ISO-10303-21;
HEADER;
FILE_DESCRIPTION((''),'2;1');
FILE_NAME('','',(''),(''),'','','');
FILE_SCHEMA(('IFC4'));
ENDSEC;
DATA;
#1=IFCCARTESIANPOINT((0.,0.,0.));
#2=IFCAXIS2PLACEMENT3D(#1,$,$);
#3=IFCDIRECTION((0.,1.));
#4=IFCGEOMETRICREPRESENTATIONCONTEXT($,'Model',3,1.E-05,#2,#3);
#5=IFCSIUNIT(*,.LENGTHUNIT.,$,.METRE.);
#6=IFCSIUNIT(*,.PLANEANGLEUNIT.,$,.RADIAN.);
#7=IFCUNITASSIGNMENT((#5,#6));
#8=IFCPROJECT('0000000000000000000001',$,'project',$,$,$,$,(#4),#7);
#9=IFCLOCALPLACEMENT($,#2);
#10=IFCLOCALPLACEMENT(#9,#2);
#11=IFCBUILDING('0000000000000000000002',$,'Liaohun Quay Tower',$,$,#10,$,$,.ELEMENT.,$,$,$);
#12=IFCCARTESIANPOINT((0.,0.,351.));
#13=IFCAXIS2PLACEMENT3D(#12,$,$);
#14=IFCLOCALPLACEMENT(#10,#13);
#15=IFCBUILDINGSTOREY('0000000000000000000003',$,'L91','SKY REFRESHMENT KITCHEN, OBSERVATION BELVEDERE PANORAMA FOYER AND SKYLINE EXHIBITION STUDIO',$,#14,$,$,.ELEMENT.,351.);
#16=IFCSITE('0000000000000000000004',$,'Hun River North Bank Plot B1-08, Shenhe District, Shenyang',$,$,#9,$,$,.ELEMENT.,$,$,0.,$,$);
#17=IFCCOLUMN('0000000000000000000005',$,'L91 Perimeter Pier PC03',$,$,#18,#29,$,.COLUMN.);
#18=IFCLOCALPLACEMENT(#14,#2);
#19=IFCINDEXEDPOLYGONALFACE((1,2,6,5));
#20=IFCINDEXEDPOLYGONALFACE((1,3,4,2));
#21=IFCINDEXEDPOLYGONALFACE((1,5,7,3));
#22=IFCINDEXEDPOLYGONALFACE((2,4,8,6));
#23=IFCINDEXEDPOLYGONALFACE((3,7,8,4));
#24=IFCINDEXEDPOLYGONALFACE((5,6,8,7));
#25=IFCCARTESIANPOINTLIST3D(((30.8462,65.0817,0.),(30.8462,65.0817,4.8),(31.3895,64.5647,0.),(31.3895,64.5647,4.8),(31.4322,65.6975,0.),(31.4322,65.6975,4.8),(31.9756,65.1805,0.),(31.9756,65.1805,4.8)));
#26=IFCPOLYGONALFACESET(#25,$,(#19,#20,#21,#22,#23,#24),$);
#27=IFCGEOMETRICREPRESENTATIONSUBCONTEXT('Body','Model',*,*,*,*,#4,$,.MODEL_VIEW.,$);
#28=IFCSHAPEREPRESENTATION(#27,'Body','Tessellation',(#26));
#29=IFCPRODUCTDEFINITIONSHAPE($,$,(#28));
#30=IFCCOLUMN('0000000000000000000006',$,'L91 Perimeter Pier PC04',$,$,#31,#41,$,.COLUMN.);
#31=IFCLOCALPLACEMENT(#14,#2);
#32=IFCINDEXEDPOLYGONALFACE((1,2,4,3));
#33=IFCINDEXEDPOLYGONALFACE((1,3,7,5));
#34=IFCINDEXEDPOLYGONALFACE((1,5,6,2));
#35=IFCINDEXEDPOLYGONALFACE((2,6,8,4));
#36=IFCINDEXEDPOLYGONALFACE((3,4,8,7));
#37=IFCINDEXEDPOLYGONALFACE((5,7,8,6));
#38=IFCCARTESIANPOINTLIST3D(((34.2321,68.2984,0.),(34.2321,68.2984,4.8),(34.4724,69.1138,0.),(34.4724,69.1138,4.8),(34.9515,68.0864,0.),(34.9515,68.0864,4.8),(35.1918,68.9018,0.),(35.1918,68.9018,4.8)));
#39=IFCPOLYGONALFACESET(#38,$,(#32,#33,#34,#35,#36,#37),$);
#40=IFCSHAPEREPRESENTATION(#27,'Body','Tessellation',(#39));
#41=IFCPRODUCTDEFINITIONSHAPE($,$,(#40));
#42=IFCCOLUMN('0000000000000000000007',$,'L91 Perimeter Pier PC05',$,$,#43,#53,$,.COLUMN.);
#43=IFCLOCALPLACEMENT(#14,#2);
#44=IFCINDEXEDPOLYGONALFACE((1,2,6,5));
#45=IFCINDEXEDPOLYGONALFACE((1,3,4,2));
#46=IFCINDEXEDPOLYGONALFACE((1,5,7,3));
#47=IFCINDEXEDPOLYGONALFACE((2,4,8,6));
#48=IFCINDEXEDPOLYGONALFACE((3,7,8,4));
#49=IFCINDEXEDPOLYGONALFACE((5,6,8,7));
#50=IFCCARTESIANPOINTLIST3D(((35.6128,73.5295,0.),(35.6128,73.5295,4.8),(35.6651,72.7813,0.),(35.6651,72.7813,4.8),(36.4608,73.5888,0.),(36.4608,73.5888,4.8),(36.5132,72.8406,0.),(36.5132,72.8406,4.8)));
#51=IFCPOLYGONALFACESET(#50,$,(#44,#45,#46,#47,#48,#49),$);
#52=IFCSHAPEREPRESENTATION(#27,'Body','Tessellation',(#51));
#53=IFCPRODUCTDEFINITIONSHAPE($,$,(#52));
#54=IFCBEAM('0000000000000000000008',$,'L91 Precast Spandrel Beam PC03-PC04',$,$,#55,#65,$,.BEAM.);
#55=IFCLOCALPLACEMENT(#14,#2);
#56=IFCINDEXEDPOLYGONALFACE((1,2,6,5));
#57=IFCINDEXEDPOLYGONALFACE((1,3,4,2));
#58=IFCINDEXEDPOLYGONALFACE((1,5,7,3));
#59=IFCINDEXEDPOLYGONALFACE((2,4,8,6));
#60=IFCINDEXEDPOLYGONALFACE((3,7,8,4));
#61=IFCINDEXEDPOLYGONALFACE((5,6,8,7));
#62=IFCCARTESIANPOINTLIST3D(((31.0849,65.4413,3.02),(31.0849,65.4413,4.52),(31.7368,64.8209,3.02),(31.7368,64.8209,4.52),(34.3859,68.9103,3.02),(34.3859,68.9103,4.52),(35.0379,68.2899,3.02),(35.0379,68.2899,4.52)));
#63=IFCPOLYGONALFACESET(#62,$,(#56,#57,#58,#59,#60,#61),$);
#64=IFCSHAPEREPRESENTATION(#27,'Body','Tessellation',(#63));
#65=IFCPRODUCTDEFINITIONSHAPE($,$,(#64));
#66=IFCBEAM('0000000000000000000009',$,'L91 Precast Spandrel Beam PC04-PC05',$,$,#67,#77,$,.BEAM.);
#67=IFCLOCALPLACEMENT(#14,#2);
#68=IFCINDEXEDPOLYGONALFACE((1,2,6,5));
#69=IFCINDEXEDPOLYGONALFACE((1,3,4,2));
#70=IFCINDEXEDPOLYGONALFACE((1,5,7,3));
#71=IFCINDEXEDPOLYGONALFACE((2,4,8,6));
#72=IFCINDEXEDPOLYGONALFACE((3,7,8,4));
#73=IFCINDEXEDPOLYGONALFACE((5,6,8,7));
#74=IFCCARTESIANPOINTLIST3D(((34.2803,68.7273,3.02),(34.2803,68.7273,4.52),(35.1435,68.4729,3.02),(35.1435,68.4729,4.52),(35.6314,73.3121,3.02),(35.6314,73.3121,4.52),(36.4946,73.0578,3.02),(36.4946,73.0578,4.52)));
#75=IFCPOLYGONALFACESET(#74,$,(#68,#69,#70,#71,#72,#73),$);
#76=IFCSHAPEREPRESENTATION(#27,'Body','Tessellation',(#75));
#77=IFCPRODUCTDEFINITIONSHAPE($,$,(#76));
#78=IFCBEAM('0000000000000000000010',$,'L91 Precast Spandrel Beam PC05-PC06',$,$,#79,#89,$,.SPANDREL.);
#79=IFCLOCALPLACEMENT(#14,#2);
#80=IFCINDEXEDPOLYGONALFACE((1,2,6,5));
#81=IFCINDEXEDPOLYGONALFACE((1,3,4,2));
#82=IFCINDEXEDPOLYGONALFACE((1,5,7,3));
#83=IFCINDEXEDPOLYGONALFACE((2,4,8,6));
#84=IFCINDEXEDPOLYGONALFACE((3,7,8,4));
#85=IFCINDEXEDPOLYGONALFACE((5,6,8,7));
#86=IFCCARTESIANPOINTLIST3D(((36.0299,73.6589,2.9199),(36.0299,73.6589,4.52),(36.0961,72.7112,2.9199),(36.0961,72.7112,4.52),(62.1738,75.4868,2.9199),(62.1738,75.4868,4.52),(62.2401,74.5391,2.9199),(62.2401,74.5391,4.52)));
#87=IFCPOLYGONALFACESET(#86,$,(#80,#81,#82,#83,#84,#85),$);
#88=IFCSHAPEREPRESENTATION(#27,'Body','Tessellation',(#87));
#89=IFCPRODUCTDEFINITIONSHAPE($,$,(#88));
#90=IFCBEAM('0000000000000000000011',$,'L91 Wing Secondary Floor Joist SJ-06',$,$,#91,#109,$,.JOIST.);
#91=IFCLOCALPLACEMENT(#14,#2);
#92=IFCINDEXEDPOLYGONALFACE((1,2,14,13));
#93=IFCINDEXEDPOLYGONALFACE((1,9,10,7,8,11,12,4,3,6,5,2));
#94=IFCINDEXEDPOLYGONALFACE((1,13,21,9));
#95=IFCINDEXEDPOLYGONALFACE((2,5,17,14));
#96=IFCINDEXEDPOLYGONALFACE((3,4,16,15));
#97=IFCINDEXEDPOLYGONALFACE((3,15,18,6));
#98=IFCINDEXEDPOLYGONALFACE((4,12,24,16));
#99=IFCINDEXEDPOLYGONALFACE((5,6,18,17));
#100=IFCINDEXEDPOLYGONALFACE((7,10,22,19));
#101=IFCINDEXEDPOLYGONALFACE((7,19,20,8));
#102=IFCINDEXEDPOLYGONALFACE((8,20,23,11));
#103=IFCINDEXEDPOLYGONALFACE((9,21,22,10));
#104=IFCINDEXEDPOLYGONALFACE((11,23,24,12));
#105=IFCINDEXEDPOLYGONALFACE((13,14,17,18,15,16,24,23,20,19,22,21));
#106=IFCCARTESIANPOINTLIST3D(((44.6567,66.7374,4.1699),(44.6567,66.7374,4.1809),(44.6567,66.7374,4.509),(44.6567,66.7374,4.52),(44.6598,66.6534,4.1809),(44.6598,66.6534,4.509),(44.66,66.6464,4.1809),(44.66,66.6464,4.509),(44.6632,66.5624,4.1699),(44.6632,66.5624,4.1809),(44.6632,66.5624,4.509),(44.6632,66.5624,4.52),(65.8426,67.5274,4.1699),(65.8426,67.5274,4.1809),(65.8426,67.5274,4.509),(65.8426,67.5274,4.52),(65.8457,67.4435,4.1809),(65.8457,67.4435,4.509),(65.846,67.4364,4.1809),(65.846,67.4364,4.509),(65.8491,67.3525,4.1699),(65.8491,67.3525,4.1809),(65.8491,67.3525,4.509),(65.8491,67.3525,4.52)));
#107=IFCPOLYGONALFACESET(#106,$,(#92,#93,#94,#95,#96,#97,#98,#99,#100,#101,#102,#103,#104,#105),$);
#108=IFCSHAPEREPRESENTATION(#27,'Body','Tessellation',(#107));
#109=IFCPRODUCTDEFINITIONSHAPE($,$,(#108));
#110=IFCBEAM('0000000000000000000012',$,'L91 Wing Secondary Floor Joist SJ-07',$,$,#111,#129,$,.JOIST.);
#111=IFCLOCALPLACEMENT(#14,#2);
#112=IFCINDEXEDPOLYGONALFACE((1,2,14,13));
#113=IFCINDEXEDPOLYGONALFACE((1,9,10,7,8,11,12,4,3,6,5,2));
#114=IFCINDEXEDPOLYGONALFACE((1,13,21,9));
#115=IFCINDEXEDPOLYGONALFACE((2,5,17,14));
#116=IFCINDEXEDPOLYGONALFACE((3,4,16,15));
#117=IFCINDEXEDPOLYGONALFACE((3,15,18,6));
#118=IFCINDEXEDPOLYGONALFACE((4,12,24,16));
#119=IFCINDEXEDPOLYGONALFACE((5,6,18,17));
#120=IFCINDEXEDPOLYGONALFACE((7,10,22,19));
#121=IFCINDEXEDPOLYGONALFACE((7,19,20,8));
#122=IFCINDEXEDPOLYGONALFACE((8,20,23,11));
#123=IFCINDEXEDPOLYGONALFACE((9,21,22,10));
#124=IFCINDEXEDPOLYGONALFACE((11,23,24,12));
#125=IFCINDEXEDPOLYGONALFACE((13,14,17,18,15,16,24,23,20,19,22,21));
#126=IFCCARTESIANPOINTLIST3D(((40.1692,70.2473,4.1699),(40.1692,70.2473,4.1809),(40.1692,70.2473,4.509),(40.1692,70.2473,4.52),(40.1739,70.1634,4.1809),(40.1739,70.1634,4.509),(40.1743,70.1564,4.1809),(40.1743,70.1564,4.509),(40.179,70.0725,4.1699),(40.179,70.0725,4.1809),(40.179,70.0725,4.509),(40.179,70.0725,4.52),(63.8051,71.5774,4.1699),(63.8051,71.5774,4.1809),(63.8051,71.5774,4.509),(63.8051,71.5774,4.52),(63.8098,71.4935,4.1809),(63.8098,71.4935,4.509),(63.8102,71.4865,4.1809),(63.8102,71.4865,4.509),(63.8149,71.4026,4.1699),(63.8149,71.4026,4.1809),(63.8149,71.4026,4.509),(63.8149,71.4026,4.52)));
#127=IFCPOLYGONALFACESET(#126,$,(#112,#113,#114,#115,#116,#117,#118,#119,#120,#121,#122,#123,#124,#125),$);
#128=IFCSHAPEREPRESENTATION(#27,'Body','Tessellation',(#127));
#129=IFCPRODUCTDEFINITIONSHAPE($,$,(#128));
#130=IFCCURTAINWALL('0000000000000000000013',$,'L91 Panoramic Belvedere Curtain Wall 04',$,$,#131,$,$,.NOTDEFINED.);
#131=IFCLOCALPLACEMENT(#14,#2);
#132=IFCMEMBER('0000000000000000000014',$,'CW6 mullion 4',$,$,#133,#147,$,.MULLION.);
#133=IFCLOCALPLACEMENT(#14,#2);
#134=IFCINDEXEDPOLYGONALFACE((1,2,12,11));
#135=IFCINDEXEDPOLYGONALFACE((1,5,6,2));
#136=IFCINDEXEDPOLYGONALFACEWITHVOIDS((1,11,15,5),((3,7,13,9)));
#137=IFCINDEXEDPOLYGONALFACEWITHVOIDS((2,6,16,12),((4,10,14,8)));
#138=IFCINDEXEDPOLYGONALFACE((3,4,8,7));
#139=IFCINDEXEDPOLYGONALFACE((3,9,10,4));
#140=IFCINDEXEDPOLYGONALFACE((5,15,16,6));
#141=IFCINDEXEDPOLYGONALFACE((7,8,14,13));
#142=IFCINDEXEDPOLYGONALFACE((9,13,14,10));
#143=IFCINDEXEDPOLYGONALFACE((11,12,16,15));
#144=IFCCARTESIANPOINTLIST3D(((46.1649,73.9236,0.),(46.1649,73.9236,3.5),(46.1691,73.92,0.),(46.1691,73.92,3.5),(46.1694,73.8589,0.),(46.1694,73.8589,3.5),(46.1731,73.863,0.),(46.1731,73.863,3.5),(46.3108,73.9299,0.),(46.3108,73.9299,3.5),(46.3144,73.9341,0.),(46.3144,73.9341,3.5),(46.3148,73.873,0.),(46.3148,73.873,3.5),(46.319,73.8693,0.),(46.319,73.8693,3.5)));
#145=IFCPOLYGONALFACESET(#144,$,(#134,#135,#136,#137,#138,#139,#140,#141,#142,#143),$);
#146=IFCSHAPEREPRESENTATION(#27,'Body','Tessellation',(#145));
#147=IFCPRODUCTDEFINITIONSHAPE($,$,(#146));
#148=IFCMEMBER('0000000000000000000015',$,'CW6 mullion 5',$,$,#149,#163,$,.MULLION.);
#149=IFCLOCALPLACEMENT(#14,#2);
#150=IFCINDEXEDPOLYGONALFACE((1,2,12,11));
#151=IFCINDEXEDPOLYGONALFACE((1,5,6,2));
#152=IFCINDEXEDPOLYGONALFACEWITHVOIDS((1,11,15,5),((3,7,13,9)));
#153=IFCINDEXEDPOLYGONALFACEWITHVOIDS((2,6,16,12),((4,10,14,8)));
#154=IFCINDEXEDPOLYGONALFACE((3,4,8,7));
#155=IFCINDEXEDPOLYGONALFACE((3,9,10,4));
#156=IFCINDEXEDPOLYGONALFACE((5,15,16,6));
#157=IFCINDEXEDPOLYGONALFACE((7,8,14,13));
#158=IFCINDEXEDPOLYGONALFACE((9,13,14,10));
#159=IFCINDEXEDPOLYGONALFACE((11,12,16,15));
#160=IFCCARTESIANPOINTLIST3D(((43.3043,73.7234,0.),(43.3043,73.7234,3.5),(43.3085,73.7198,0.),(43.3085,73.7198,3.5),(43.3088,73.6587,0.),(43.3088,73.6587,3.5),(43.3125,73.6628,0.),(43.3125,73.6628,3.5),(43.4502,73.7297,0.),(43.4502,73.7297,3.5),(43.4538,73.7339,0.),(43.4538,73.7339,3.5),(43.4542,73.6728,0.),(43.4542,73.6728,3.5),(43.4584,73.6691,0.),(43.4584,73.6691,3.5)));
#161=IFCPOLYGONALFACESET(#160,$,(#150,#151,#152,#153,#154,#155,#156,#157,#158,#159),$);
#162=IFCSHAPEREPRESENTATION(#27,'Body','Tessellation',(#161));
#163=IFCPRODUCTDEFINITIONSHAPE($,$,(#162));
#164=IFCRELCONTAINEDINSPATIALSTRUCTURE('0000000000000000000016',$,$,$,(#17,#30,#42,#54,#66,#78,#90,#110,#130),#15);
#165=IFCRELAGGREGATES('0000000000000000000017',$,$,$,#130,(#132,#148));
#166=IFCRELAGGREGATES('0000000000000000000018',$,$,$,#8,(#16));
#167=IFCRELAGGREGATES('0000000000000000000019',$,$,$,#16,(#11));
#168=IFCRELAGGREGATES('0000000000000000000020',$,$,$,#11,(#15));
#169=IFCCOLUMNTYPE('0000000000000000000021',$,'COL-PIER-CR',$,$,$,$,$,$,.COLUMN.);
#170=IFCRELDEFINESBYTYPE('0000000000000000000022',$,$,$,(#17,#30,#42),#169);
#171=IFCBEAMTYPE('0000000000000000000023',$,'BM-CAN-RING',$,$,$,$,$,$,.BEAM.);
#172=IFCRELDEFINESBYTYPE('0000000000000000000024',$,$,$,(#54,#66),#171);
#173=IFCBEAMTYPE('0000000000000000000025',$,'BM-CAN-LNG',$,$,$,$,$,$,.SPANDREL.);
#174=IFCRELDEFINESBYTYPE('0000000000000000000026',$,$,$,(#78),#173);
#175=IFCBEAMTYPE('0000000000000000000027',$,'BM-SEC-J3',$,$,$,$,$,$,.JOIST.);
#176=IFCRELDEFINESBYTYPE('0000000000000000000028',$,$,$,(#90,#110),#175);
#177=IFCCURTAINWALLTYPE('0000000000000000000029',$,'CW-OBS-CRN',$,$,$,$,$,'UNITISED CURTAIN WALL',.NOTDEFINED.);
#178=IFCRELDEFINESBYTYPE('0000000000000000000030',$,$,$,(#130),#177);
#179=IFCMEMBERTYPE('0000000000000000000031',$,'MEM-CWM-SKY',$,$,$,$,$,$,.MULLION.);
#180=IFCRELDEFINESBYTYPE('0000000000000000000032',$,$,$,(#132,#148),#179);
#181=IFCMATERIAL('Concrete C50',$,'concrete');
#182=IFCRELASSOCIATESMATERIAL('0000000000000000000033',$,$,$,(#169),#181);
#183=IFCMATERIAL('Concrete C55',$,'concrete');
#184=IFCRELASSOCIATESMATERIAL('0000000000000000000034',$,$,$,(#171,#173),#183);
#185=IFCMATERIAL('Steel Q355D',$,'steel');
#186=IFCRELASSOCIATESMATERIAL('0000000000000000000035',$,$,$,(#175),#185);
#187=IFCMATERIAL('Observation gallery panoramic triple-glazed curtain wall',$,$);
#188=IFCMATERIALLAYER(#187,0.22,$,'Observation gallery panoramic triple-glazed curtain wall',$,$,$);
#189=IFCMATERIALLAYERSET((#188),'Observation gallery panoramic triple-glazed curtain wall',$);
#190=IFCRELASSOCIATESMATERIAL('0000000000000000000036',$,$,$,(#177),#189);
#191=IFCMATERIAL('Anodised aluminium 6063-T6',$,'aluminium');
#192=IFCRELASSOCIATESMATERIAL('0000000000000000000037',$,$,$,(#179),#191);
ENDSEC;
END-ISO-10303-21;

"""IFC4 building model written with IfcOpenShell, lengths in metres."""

from ifc_helpers import new_model, si_unit, direction, frame, origin, origin_2d, place, context, subcontext, project, spatial, rectangle, hollow_rectangle, i_section, extrude, source, transform, mapped, material, layer, layer_set, material_profile, profile_set, type_object, element, aggregate, save


model = new_model("IFC4")

# Units and contexts
model_context = context("Model", 3, precision=1e-05, world=origin(), true_north=direction((0.0, 1.0)))
body_context = subcontext(model_context, "Body", "Model", "MODEL_VIEW")
ifc_project = project(units=[si_unit("LENGTHUNIT", "METRE"), si_unit("PLANEANGLEUNIT", "RADIAN")], contexts=[model_context])

# Site, building, storey
site_placement = place(None, origin())
site = spatial("IfcSite", under=ifc_project, at=site_placement, Name="Hun River North Bank Plot B1-08, Shenhe District, Shenyang", CompositionType="ELEMENT", RefElevation=0.0)
building_placement = place(site_placement, origin())
building = spatial("IfcBuilding", under=site, at=building_placement, Name="Liaohun Quay Tower", CompositionType="ELEMENT")
storey_placement = place(building_placement, frame((0.0, 0.0, 351.0)))
storey = spatial("IfcBuildingStorey", under=building, at=storey_placement, Name="L91", Description="SKY REFRESHMENT KITCHEN, OBSERVATION BELVEDERE PANORAMA FOYER AND SKYLINE EXHIBITION STUDIO", CompositionType="ELEMENT", Elevation=351.0)

# Columns
ifc_material_1 = material(Name="Concrete C50", Category="concrete")
ifc_material_profile_1 = material_profile(ifc_material_1, rectangle(XDim=0.8501, YDim=0.75, at=origin_2d()), Name="RC850x750")
ifc_profile_set_1 = profile_set([ifc_material_profile_1], Name="Concrete C50")
column_type = type_object("IfcColumnType", Name="COL-PIER-CR", PredefinedType="COLUMN", material=ifc_profile_set_1)
shared_shape_1 = source(origin(), body_context, "Body", "SweptSolid", [
    extrude(rectangle(XDim=0.8501, YDim=0.75, at=origin_2d()), origin(), (0.0, 0.0, 1.0), 4.8),
])
for number, where, z_axis, x_axis, name in (
    (1, (31.4109, 65.1311, 0.0), (0.0, 0.0, 1.0), (0.689367, 0.724413, 0.0), "L91 Perimeter Pier PC03"),
    (2, (34.7119, 68.6001, 0.0), (0.0, 0.0, 1.0), (0.282676, 0.959215, 0.0), "L91 Perimeter Pier PC04"),
    (3, (36.063, 73.1851, 0.0), (0.0, 0.0, 1.0), (0.997564, 0.069756, 0.0), "L91 Perimeter Pier PC05"),
):
    element("IfcColumn", number, at=place(storey_placement, frame(where, z_axis=z_axis, x_axis=x_axis)), inside=storey, type_object=column_type, Name=name, PredefinedType="COLUMN", context=body_context, shape_type="MappedRepresentation", body=[
        mapped(shared_shape_1, transform((0.0, 0.0, 0.0), x_axis=(1.0, 0.0, 0.0), y_axis=(0.0, 1.0, 0.0), z_axis=(0.0, 0.0, 1.0), scale=1.0)),
    ])

# Beams
ifc_material_2 = material(Name="Concrete C55", Category="concrete")
ifc_material_profile_2 = material_profile(ifc_material_2, rectangle(XDim=0.8999, YDim=1.5, at=origin_2d()), Name="RC900x1500")
ifc_profile_set_2 = profile_set([ifc_material_profile_2], Name="Concrete C55")
beam_type_1 = type_object("IfcBeamType", Name="BM-CAN-RING", PredefinedType="BEAM", material=ifc_profile_set_2)
shared_shape_2 = source(origin(), body_context, "Body", "SweptSolid", [
    extrude(rectangle(XDim=0.8999, YDim=1.5, at=origin_2d()), origin(), (0.0, 0.0, 1.0), 4.7886),
])
beam_1_placement = place(storey_placement, frame((31.4109, 65.1311, 3.77), z_axis=(0.689351, 0.724428, 0.0), x_axis=(-0.724428, 0.689351, 0.0)))
element("IfcBeam", 4, at=beam_1_placement, inside=storey, type_object=beam_type_1, Name="L91 Precast Spandrel Beam PC03-PC04", PredefinedType="BEAM", context=body_context, shape_type="MappedRepresentation", body=[
    mapped(shared_shape_2, transform((0.0, 0.0, 0.0), x_axis=(1.0, 0.0, 0.0), y_axis=(0.0, 1.0, 0.0), z_axis=(0.0, 0.0, 1.0), scale=1.0)),
])
shared_shape_3 = source(origin(), body_context, "Body", "SweptSolid", [
    extrude(rectangle(XDim=0.8999, YDim=1.5, at=origin_2d()), origin(), (0.0, 0.0, 1.0), 4.7798),
])
beam_2_placement = place(storey_placement, frame((34.7119, 68.6001, 3.77), z_axis=(0.282659, 0.959221, 0.0), x_axis=(-0.959221, 0.282659, 0.0)))
element("IfcBeam", 5, at=beam_2_placement, inside=storey, type_object=beam_type_1, Name="L91 Precast Spandrel Beam PC04-PC05", PredefinedType="BEAM", context=body_context, shape_type="MappedRepresentation", body=[
    mapped(shared_shape_3, transform((0.0, 0.0, 0.0), x_axis=(1.0, 0.0, 0.0), y_axis=(0.0, 1.0, 0.0), z_axis=(0.0, 0.0, 1.0), scale=1.0)),
])
ifc_material_profile_3 = material_profile(ifc_material_2, rectangle(XDim=0.95, YDim=1.6001, at=origin_2d()), Name="RC950x1600")
ifc_profile_set_3 = profile_set([ifc_material_profile_3], Name="Concrete C55")
beam_type_2 = type_object("IfcBeamType", Name="BM-CAN-LNG", PredefinedType="SPANDREL", material=ifc_profile_set_3)
shared_shape_4 = source(origin(), body_context, "Body", "SweptSolid", [
    extrude(rectangle(XDim=0.95, YDim=1.6001, at=origin_2d()), origin(), (0.0, 0.0, 1.0), 26.2078),
])
beam_3_placement = place(storey_placement, frame((36.063, 73.1851, 3.72), z_axis=(0.997565, 0.069746, 0.0), x_axis=(-0.069746, 0.997565, 0.0)))
element("IfcBeam", 6, at=beam_3_placement, inside=storey, type_object=beam_type_2, Name="L91 Precast Spandrel Beam PC05-PC06", PredefinedType="SPANDREL", context=body_context, shape_type="MappedRepresentation", body=[
    mapped(shared_shape_4, transform((0.0, 0.0, 0.0), x_axis=(1.0, 0.0, 0.0), y_axis=(0.0, 1.0, 0.0), z_axis=(0.0, 0.0, 1.0), scale=1.0)),
])
ifc_material_3 = material(Name="Steel Q355D", Category="steel")
ifc_material_profile_4 = material_profile(ifc_material_3, i_section(OverallWidth=0.175, OverallDepth=0.3501, WebThickness=0.0071, FlangeThickness=0.011, at=origin_2d()), Name="HN350x175x7x11")
ifc_profile_set_4 = profile_set([ifc_material_profile_4], Name="Steel Q355D")
beam_type_3 = type_object("IfcBeamType", Name="BM-SEC-J3", PredefinedType="JOIST", material=ifc_profile_set_4)
shared_shape_5 = source(origin(), body_context, "Body", "SweptSolid", [
    extrude(i_section(OverallWidth=0.175, OverallDepth=0.3501, WebThickness=0.0071, FlangeThickness=0.011, at=origin_2d()), origin(), (0.0, 0.0, 1.0), 21.2007),
])
beam_4_placement = place(storey_placement, frame((44.6599, 66.6499, 4.345), z_axis=(0.999305, 0.037265, 0.0), x_axis=(-0.037265, 0.999305, 0.0)))
element("IfcBeam", 7, at=beam_4_placement, inside=storey, type_object=beam_type_3, Name="L91 Wing Secondary Floor Joist SJ-06", PredefinedType="JOIST", context=body_context, shape_type="MappedRepresentation", body=[
    mapped(shared_shape_5, transform((0.0, 0.0, 0.0), x_axis=(1.0, 0.0, 0.0), y_axis=(0.0, 1.0, 0.0), z_axis=(0.0, 0.0, 1.0), scale=1.0)),
])
shared_shape_6 = source(origin(), body_context, "Body", "SweptSolid", [
    extrude(i_section(OverallWidth=0.175, OverallDepth=0.3501, WebThickness=0.0071, FlangeThickness=0.011, at=origin_2d()), origin(), (0.0, 0.0, 1.0), 23.6733),
])
beam_5_placement = place(storey_placement, frame((40.1741, 70.1599, 4.345), z_axis=(0.99842, 0.056185, 0.0), x_axis=(-0.056185, 0.99842, 0.0)))
element("IfcBeam", 8, at=beam_5_placement, inside=storey, type_object=beam_type_3, Name="L91 Wing Secondary Floor Joist SJ-07", PredefinedType="JOIST", context=body_context, shape_type="MappedRepresentation", body=[
    mapped(shared_shape_6, transform((0.0, 0.0, 0.0), x_axis=(1.0, 0.0, 0.0), y_axis=(0.0, 1.0, 0.0), z_axis=(0.0, 0.0, 1.0), scale=1.0)),
])

# Curtain wall, members
ifc_material_4 = material(Name="Observation gallery panoramic triple-glazed curtain wall")
ifc_layer_1 = layer(ifc_material_4, 0.22, Name="Observation gallery panoramic triple-glazed curtain wall")
ifc_layer_set_1 = layer_set([ifc_layer_1], Name="Observation gallery panoramic triple-glazed curtain wall")
curtain_wall_type = type_object("IfcCurtainWallType", Name="CW-OBS-CRN", ElementType="UNITISED CURTAIN WALL", PredefinedType="NOTDEFINED", material=ifc_layer_set_1)
curtain_wall_placement = place(storey_placement, origin())
curtain_wall = element("IfcCurtainWall", 9, at=curtain_wall_placement, inside=storey, type_object=curtain_wall_type, Name="L91 Panoramic Belvedere Curtain Wall 04", PredefinedType="NOTDEFINED")
ifc_material_5 = material(Name="Anodised aluminium 6063-T6", Category="aluminium")
ifc_material_profile_5 = material_profile(ifc_material_5, hollow_rectangle(XDim=0.0649, YDim=0.1499, WallThickness=0.0039, at=origin_2d()), Name="RHS150x65x4")
ifc_profile_set_5 = profile_set([ifc_material_profile_5], Name="Anodised aluminium 6063-T6")
member_type_1 = type_object("IfcMemberType", Name="MEM-CWM-SKY", PredefinedType="MULLION", material=ifc_profile_set_5)
shared_shape_7 = source(origin(), body_context, "Body", "SweptSolid", [
    extrude(hollow_rectangle(XDim=0.0649, YDim=0.1499, WallThickness=0.0039, at=origin_2d()), origin(), (0.0, 0.0, 1.0), 3.5),
])
member_1_placement = place(storey_placement, frame((46.2419, 73.8965, 0.0), z_axis=(0.0, 0.0, 1.0), x_axis=(0.069826, -0.997559, 0.0)))
member_1 = element("IfcMember", 10, at=member_1_placement, type_object=member_type_1, Name="CW6 mullion 4", PredefinedType="MULLION", context=body_context, shape_type="MappedRepresentation", body=[
    mapped(shared_shape_7, transform((0.0, 0.0, 0.0), x_axis=(1.0, 0.0, 0.0), y_axis=(0.0, 1.0, 0.0), z_axis=(0.0, 0.0, 1.0), scale=1.0)),
])
member_2_placement = place(storey_placement, frame((43.3813, 73.6963, 0.0), z_axis=(0.0, 0.0, 1.0), x_axis=(0.069826, -0.997559, 0.0)))
member_2 = element("IfcMember", 11, at=member_2_placement, type_object=member_type_1, Name="CW6 mullion 5", PredefinedType="MULLION", context=body_context, shape_type="MappedRepresentation", body=[
    mapped(shared_shape_7, transform((0.0, 0.0, 0.0), x_axis=(1.0, 0.0, 0.0), y_axis=(0.0, 1.0, 0.0), z_axis=(0.0, 0.0, 1.0), scale=1.0)),
])
aggregate(curtain_wall, [member_1, member_2])

save(model, "model.ifc")
